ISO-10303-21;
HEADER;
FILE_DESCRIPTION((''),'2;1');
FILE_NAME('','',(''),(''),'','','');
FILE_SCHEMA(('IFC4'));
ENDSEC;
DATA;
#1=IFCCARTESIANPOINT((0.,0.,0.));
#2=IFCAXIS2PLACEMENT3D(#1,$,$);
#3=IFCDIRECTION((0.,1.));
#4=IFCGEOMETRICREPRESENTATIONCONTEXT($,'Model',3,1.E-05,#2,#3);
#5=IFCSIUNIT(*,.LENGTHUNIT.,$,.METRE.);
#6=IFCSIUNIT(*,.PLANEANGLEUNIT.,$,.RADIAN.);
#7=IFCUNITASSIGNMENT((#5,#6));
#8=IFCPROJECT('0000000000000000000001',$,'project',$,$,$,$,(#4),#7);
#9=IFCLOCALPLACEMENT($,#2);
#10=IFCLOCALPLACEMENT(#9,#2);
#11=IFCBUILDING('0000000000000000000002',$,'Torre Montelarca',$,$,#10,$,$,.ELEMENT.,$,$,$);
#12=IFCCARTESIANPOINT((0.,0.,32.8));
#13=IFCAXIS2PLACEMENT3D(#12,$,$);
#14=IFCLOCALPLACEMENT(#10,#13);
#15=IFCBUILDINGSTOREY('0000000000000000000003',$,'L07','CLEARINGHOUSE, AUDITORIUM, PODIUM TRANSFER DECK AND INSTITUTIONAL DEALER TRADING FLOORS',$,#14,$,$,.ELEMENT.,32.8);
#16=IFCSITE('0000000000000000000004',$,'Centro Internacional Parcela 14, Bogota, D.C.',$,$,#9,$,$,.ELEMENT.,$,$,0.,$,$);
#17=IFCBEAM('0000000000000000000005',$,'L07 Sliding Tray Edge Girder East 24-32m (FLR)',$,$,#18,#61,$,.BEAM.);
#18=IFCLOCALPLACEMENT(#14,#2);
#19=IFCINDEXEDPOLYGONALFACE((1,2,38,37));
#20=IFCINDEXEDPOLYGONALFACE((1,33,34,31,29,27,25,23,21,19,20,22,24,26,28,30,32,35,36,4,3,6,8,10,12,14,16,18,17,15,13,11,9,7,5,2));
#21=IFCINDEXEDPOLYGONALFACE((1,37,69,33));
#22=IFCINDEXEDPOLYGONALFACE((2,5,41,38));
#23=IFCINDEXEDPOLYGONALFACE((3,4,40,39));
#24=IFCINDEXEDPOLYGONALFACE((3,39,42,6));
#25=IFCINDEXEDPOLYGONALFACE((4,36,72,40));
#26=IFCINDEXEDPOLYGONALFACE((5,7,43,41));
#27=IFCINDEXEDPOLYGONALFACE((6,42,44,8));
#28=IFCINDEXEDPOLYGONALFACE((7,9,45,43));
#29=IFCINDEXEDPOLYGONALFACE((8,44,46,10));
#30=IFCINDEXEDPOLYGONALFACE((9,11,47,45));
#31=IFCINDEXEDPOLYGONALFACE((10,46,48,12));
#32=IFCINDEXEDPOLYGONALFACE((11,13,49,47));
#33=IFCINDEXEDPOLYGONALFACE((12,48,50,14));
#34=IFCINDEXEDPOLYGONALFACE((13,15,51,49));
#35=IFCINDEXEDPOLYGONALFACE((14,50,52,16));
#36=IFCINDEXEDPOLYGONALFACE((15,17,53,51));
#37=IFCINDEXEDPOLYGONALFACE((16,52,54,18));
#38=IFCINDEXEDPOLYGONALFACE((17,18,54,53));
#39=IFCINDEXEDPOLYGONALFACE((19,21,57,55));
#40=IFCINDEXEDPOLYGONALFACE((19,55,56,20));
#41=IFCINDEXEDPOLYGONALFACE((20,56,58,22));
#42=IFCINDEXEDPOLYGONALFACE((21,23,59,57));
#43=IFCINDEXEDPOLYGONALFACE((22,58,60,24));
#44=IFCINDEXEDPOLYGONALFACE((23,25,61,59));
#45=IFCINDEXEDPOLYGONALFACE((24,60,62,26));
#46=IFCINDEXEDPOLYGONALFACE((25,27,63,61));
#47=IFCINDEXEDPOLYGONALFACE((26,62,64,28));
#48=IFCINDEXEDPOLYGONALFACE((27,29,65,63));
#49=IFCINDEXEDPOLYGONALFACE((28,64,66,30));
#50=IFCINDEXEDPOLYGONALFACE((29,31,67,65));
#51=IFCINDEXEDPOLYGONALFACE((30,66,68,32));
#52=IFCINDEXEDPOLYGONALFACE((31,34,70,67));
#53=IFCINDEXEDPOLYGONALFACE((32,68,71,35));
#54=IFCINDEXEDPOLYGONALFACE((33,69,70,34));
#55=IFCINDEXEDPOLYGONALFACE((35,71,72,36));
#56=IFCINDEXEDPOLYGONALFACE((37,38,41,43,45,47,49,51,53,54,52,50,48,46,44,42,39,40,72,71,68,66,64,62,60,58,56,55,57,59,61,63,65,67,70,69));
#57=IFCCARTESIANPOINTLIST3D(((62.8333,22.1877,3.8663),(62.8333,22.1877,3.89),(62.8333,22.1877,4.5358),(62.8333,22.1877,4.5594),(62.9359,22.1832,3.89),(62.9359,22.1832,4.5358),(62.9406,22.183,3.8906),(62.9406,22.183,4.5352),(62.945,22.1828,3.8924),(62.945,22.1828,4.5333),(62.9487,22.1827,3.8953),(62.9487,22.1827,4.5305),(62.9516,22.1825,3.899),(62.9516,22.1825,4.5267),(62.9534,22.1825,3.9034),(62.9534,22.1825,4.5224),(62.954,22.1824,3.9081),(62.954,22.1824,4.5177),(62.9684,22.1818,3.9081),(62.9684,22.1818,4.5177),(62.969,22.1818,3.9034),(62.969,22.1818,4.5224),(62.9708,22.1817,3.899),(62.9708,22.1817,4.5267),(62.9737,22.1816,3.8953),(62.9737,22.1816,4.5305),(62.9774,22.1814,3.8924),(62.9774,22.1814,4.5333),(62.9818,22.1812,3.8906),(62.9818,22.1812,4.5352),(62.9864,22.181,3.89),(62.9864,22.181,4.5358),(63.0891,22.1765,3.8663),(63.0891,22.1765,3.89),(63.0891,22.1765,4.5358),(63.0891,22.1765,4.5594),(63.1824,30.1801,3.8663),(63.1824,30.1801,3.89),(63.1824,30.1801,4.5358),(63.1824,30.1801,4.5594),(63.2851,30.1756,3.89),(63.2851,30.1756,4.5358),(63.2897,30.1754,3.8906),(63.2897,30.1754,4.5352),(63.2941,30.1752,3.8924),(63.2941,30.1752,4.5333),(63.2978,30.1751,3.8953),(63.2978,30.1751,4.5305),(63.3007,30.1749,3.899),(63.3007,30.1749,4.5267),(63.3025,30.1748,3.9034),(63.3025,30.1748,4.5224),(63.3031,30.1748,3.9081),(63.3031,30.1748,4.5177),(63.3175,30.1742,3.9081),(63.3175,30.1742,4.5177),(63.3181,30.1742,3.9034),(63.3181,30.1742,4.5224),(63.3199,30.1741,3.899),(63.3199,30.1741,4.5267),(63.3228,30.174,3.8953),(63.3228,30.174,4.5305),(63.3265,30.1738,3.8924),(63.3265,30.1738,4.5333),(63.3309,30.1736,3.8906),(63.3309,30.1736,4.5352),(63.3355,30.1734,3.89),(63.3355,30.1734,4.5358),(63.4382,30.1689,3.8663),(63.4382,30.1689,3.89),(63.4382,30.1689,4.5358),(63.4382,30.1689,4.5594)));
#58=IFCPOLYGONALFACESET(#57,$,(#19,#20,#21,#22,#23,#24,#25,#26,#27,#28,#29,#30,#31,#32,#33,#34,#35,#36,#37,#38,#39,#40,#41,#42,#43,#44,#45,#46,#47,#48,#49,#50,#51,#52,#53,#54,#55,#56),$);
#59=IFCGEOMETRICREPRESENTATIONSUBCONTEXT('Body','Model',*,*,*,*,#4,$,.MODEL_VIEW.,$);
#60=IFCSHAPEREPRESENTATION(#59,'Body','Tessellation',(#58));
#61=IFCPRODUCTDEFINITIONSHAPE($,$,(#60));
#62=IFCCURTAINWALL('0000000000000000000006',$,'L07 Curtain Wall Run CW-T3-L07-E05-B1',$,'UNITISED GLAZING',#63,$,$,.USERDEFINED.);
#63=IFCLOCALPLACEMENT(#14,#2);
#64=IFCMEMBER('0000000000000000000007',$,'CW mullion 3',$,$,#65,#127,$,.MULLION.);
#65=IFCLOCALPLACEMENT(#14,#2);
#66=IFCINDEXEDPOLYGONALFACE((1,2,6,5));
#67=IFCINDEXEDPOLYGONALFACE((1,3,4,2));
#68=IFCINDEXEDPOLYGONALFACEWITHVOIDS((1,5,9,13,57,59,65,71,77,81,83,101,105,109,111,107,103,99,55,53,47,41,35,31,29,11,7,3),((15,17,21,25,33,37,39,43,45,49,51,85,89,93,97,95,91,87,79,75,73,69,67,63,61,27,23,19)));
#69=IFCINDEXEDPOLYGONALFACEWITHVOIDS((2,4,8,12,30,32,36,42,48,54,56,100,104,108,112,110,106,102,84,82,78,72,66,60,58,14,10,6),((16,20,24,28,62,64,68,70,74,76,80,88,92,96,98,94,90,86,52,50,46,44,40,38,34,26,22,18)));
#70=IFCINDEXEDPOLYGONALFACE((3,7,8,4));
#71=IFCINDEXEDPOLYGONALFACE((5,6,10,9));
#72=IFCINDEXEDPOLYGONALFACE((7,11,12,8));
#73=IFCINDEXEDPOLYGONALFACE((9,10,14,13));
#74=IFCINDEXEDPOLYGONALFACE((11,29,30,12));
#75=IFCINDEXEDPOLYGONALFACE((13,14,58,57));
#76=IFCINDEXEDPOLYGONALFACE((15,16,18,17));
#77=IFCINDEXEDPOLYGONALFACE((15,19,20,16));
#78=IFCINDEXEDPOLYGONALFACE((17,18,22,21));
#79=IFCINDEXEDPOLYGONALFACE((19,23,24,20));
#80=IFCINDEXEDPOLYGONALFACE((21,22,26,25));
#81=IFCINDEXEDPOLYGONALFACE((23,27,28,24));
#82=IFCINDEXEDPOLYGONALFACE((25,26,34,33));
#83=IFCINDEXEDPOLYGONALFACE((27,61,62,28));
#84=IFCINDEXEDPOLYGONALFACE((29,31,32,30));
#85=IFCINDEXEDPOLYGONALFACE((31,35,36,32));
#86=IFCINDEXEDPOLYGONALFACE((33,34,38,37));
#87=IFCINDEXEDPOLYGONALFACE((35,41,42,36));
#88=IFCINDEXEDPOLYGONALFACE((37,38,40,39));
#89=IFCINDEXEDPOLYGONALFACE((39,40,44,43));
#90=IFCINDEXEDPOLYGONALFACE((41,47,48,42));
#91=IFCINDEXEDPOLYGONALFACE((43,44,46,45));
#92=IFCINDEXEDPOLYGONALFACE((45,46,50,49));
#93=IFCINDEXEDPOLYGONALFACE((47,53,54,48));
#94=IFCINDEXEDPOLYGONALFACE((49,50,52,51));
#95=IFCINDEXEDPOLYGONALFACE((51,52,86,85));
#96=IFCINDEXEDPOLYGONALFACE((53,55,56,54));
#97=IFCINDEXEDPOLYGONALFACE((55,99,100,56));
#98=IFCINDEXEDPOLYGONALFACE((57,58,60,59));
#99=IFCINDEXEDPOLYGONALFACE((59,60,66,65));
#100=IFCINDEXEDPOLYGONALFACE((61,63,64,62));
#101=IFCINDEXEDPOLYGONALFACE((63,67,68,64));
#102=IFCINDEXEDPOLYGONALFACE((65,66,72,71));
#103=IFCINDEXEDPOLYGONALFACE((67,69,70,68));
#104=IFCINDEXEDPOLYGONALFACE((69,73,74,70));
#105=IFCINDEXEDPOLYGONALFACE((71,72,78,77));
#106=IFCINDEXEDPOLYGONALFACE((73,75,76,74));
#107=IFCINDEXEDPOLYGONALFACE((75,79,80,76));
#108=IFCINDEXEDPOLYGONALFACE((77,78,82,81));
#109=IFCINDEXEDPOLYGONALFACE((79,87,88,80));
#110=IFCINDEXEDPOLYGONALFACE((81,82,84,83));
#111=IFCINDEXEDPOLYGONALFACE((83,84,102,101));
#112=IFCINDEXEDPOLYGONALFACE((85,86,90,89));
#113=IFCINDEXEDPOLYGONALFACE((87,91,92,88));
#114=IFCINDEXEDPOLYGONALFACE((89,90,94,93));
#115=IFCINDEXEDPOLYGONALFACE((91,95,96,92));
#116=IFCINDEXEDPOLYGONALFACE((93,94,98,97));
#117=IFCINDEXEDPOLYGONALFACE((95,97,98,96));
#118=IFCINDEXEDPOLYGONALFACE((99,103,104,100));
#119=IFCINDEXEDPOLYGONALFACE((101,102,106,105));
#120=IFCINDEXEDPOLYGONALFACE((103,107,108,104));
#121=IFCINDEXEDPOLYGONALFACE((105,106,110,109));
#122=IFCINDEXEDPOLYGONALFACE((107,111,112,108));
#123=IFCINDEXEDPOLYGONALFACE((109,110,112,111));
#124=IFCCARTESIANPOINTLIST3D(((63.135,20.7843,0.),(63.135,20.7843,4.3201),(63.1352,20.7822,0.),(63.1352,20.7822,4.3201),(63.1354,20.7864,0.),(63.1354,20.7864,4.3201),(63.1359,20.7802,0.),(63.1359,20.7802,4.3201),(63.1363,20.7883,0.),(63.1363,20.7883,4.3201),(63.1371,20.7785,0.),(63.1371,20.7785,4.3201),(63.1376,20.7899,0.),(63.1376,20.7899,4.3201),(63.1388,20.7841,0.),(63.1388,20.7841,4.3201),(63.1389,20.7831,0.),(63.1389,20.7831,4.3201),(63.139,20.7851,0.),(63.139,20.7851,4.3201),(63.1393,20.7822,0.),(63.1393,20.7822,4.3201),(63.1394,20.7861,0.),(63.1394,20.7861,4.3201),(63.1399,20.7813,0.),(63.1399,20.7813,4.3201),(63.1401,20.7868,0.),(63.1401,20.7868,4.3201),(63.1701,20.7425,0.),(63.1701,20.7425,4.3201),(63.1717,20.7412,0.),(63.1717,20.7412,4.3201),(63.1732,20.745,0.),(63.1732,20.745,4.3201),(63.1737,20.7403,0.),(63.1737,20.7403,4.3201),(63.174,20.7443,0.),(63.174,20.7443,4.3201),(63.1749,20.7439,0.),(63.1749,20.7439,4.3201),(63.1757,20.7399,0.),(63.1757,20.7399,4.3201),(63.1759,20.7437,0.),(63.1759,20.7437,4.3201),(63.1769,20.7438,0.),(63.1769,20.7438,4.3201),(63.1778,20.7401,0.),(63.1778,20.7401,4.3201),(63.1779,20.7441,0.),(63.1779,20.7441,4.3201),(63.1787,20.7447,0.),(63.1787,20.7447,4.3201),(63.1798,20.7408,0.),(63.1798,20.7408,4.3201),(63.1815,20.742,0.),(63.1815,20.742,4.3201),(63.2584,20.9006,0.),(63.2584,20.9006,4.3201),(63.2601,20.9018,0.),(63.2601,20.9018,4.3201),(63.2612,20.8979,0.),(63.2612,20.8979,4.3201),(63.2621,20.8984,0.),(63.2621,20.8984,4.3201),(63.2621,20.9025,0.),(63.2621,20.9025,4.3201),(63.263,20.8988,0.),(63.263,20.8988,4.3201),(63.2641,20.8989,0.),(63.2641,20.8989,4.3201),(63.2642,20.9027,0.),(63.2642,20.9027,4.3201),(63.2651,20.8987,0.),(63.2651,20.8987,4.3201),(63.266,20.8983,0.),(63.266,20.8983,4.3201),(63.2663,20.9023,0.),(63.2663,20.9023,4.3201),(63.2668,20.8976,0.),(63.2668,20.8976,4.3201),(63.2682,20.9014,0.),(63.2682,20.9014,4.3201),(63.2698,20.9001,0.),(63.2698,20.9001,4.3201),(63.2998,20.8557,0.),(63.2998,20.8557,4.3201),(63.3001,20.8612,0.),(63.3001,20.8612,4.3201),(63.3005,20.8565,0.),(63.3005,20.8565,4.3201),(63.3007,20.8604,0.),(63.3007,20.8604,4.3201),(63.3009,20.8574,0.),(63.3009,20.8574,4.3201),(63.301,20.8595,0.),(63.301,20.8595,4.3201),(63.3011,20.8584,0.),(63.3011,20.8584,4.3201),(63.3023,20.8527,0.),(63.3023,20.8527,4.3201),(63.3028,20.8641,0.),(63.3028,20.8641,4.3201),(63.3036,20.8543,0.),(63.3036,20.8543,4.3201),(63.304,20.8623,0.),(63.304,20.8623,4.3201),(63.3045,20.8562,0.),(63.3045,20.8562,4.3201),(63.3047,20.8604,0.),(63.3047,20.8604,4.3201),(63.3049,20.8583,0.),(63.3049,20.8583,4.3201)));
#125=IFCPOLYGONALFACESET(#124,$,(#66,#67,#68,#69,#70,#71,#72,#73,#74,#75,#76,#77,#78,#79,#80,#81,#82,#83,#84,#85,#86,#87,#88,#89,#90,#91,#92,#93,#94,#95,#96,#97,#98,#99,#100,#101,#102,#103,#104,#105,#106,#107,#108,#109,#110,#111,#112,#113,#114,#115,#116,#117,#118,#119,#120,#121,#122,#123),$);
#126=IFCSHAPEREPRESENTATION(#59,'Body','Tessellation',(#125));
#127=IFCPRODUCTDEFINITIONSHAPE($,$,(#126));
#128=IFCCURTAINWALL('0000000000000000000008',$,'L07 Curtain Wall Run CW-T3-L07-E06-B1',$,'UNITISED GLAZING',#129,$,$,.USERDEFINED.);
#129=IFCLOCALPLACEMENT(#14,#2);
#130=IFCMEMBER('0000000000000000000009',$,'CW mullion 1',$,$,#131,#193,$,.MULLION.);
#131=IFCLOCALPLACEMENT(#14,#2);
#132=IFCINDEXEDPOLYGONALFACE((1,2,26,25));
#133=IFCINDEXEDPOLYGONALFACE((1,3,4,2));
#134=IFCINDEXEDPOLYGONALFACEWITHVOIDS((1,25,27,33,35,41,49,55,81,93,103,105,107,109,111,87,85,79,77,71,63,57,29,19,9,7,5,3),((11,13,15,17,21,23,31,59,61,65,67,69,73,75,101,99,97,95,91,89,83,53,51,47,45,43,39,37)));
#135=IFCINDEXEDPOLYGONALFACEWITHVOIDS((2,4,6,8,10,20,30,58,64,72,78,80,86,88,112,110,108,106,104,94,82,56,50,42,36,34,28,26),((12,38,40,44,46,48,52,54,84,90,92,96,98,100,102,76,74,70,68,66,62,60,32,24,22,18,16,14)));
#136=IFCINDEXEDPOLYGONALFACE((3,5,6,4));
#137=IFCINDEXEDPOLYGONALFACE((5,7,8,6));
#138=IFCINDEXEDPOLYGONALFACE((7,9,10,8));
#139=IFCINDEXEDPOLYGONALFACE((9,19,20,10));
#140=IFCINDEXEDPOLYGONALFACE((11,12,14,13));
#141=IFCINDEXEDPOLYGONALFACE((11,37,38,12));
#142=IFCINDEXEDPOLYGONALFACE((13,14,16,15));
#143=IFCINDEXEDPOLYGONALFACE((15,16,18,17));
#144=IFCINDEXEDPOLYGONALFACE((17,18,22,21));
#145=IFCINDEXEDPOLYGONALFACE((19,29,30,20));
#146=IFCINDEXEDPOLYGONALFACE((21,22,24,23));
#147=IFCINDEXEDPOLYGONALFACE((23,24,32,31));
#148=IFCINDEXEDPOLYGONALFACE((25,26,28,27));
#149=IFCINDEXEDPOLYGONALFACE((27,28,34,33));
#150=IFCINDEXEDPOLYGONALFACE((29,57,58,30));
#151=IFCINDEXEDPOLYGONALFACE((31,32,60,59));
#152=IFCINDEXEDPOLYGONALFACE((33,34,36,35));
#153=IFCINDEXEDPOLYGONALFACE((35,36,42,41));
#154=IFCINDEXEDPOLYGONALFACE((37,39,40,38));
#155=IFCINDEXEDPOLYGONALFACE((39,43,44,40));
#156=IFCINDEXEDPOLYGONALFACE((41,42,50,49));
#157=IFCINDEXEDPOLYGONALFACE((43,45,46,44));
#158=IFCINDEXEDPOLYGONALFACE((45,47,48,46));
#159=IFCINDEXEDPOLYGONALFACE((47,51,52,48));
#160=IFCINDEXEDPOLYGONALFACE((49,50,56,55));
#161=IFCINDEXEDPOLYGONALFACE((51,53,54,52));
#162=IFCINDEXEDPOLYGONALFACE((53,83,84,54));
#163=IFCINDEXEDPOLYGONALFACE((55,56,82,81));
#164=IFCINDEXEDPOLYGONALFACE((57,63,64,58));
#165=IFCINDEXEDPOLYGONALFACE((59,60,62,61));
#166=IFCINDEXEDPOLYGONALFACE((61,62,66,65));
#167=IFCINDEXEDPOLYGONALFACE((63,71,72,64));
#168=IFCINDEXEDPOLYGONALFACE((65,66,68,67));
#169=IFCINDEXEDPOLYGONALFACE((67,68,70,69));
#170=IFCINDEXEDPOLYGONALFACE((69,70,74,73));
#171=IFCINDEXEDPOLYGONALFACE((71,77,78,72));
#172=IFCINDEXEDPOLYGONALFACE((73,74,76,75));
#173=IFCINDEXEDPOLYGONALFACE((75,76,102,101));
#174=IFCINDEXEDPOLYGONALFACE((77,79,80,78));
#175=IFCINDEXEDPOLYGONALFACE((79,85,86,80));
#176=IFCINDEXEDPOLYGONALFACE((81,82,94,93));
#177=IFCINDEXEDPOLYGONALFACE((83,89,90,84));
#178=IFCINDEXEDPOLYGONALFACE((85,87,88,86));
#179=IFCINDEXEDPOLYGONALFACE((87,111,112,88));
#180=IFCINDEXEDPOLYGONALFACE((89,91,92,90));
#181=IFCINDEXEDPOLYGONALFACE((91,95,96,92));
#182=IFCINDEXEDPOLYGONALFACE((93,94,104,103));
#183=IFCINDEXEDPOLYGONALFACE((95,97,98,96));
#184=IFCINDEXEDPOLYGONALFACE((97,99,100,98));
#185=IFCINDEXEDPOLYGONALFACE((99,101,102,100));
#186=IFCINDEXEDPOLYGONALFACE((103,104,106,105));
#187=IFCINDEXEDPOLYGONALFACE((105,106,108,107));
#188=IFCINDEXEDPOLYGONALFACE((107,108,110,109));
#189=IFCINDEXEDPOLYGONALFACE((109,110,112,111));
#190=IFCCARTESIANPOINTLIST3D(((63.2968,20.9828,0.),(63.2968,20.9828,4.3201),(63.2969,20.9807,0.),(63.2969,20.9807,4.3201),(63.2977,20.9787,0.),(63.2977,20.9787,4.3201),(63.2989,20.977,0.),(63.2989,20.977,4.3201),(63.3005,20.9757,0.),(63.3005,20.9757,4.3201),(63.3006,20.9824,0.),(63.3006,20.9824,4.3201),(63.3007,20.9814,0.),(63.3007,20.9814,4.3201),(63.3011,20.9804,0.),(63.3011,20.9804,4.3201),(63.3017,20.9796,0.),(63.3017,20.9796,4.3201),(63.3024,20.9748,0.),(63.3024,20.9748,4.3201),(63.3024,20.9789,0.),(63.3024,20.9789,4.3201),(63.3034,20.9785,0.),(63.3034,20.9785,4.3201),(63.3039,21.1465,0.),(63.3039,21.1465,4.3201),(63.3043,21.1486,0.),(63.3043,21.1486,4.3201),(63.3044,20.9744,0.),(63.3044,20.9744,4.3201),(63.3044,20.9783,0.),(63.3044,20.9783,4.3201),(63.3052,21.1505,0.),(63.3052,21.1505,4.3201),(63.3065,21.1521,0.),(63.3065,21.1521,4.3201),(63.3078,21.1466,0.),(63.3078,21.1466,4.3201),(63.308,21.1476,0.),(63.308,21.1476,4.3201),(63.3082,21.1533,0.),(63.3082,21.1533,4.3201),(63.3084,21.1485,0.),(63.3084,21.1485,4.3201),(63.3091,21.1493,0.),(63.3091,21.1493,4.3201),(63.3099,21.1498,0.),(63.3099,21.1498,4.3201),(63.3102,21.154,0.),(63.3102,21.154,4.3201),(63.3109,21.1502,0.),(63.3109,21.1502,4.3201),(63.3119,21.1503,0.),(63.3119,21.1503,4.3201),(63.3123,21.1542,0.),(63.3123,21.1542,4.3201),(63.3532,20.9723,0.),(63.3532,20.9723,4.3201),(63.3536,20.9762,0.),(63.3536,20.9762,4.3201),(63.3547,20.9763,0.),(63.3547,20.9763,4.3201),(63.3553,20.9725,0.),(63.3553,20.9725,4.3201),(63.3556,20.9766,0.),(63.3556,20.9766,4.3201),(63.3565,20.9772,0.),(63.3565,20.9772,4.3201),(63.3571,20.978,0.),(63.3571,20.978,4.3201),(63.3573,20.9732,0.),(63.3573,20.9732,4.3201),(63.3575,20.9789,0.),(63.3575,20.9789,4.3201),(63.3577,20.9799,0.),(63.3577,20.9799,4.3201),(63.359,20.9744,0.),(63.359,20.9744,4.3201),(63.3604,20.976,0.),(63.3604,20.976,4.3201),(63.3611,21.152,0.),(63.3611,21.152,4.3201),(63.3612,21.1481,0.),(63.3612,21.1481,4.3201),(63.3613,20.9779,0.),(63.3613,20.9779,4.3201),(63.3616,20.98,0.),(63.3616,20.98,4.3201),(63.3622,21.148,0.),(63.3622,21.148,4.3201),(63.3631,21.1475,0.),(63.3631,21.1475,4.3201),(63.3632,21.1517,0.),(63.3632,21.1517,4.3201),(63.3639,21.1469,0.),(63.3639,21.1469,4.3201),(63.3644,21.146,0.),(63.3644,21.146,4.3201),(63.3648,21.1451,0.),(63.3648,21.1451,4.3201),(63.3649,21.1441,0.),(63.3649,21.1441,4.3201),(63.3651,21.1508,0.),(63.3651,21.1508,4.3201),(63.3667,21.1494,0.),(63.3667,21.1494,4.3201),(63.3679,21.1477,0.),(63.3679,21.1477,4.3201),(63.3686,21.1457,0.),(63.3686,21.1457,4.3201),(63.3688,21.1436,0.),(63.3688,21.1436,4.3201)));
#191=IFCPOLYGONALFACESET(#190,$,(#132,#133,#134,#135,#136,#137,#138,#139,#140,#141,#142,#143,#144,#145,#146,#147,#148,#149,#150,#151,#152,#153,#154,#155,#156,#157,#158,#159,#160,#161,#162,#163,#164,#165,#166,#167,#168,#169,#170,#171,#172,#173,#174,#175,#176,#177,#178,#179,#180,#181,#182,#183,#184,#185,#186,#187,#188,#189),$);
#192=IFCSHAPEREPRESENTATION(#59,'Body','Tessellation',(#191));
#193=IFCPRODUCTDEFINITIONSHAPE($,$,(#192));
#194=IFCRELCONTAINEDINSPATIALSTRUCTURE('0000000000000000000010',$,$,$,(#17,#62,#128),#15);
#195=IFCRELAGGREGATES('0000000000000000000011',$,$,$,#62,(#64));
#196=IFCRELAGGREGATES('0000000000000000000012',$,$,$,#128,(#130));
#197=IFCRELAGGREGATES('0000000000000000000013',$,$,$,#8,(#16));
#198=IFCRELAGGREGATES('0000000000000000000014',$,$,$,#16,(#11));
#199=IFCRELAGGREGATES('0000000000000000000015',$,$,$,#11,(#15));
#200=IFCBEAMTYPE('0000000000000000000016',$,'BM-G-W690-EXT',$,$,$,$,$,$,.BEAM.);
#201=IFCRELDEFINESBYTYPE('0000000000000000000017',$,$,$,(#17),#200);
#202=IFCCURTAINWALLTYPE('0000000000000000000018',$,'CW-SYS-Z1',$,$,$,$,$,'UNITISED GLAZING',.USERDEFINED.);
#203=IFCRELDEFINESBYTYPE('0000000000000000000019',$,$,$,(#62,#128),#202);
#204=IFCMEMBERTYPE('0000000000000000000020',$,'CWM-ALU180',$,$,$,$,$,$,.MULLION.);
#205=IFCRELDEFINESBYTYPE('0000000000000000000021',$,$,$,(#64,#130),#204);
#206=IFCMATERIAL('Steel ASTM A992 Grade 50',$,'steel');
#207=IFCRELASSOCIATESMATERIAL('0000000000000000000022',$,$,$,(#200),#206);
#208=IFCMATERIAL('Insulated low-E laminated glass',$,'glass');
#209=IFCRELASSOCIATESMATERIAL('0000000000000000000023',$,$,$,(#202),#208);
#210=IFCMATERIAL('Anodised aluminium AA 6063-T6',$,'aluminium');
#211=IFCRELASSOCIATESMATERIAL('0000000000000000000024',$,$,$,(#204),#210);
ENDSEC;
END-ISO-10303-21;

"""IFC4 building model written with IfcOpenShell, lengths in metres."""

from ifc_helpers import new_model, si_unit, direction, frame, origin, origin_2d, place, context, subcontext, project, spatial, hollow_rectangle, i_section, extrude, source, transform, mapped, material, material_profile, profile_set, type_object, element, aggregate, save


model = new_model("IFC4")

# Units and contexts
model_context = context("Model", 3, precision=1e-05, world=origin(), true_north=direction((0.0, 1.0)))
body_context = subcontext(model_context, "Body", "Model", "MODEL_VIEW")
ifc_project = project(units=[si_unit("LENGTHUNIT", "METRE"), si_unit("PLANEANGLEUNIT", "RADIAN")], contexts=[model_context])

# Site, building, storey
site_placement = place(None, origin())
site = spatial("IfcSite", under=ifc_project, at=site_placement, Name="Centro Internacional Parcela 14, Bogota, D.C.", CompositionType="ELEMENT", RefElevation=0.0)
building_placement = place(site_placement, origin())
building = spatial("IfcBuilding", under=site, at=building_placement, Name="Torre Montelarca", CompositionType="ELEMENT")
storey_placement = place(building_placement, frame((0.0, 0.0, 32.8)))
storey = spatial("IfcBuildingStorey", under=building, at=storey_placement, Name="L07", Description="CLEARINGHOUSE, AUDITORIUM, PODIUM TRANSFER DECK AND INSTITUTIONAL DEALER TRADING FLOORS", CompositionType="ELEMENT", Elevation=32.8)

# Beam
ifc_material_1 = material(Name="Steel ASTM A992 Grade 50", Category="steel")
ifc_material_profile_1 = material_profile(ifc_material_1, i_section(OverallWidth=0.2561, OverallDepth=0.6931, WebThickness=0.0144, FlangeThickness=0.0237, FilletRadius=0.0181, at=origin_2d()), Name="W690X170", Category="steel")
ifc_profile_set_1 = profile_set([ifc_material_profile_1], Name="Steel ASTM A992 Grade 50")
beam_type = type_object("IfcBeamType", Name="BM-G-W690-EXT", PredefinedType="BEAM", material=ifc_profile_set_1)
shared_shape_1 = source(origin(), body_context, "Body", "SweptSolid", [
    extrude(i_section(OverallWidth=0.2561, OverallDepth=0.6931, WebThickness=0.0144, FlangeThickness=0.0237, FilletRadius=0.0181, at=origin_2d()), origin(), (0.0, 0.0, 1.0), 8.0),
])
beam_placement = place(storey_placement, frame((62.9612, 22.1821, 4.2129), z_axis=(0.04364, 0.999047, 0.0), x_axis=(-0.999047, 0.04364, 0.0)))
element("IfcBeam", 1, at=beam_placement, inside=storey, type_object=beam_type, Name="L07 Sliding Tray Edge Girder East 24-32m (FLR)", PredefinedType="BEAM", context=body_context, shape_type="MappedRepresentation", body=[
    mapped(shared_shape_1, transform((0.0, 0.0, 0.0), scale=1.0)),
])

# Curtain wall, member
ifc_material_2 = material(Name="Insulated low-E laminated glass", Category="glass")
curtain_wall_type = type_object("IfcCurtainWallType", Name="CW-SYS-Z1", ElementType="UNITISED GLAZING", PredefinedType="USERDEFINED", material=ifc_material_2)
curtain_wall_1_placement = place(storey_placement, origin())
curtain_wall_1 = element("IfcCurtainWall", 2, at=curtain_wall_1_placement, inside=storey, type_object=curtain_wall_type, Name="L07 Curtain Wall Run CW-T3-L07-E05-B1", ObjectType="UNITISED GLAZING", PredefinedType="USERDEFINED")
ifc_material_3 = material(Name="Anodised aluminium AA 6063-T6", Category="aluminium")
ifc_material_profile_2 = material_profile(ifc_material_3, hollow_rectangle(XDim=0.0649, YDim=0.1799, WallThickness=0.0039, InnerFilletRadius=0.0039, OuterFilletRadius=0.0081, at=origin_2d()), Name="ALU65X180X4", Category="aluminium")
ifc_profile_set_2 = profile_set([ifc_material_profile_2], Name="Anodised aluminium AA 6063-T6")
member_type_1 = type_object("IfcMemberType", Name="CWM-ALU180", PredefinedType="MULLION", material=ifc_profile_set_2)
shared_shape_2 = source(origin(), body_context, "Body", "SweptSolid", [
    extrude(hollow_rectangle(XDim=0.0649, YDim=0.1799, WallThickness=0.0039, InnerFilletRadius=0.0039, OuterFilletRadius=0.0081, at=origin_2d()), origin(), (0.0, 0.0, 1.0), 4.3201),
])
member_1_placement = place(storey_placement, frame((63.22, 20.8213, 0.0), z_axis=(0.0, 0.0, 1.0), x_axis=(-0.675574, 0.737292, 0.0)))
member_1 = element("IfcMember", 3, at=member_1_placement, type_object=member_type_1, Name="CW mullion 3", PredefinedType="MULLION", context=body_context, shape_type="MappedRepresentation", body=[
    mapped(shared_shape_2, transform((0.0, 0.0, 0.0), scale=1.0)),
])

# Curtain wall, member
curtain_wall_2_placement = place(storey_placement, origin())
curtain_wall_2 = element("IfcCurtainWall", 4, at=curtain_wall_2_placement, inside=storey, type_object=curtain_wall_type, Name="L07 Curtain Wall Run CW-T3-L07-E06-B1", ObjectType="UNITISED GLAZING", PredefinedType="USERDEFINED")
member_2_placement = place(storey_placement, frame((63.3328, 21.0632, 0.0), z_axis=(0.0, 0.0, 1.0), x_axis=(-0.999048, 0.043622, 0.0)))
member_2 = element("IfcMember", 5, at=member_2_placement, type_object=member_type_1, Name="CW mullion 1", PredefinedType="MULLION", context=body_context, shape_type="MappedRepresentation", body=[
    mapped(shared_shape_2, transform((0.0, 0.0, 0.0), scale=1.0)),
])

aggregate(curtain_wall_1, [member_1])
aggregate(curtain_wall_2, [member_2])

save(model, "model.ifc")
